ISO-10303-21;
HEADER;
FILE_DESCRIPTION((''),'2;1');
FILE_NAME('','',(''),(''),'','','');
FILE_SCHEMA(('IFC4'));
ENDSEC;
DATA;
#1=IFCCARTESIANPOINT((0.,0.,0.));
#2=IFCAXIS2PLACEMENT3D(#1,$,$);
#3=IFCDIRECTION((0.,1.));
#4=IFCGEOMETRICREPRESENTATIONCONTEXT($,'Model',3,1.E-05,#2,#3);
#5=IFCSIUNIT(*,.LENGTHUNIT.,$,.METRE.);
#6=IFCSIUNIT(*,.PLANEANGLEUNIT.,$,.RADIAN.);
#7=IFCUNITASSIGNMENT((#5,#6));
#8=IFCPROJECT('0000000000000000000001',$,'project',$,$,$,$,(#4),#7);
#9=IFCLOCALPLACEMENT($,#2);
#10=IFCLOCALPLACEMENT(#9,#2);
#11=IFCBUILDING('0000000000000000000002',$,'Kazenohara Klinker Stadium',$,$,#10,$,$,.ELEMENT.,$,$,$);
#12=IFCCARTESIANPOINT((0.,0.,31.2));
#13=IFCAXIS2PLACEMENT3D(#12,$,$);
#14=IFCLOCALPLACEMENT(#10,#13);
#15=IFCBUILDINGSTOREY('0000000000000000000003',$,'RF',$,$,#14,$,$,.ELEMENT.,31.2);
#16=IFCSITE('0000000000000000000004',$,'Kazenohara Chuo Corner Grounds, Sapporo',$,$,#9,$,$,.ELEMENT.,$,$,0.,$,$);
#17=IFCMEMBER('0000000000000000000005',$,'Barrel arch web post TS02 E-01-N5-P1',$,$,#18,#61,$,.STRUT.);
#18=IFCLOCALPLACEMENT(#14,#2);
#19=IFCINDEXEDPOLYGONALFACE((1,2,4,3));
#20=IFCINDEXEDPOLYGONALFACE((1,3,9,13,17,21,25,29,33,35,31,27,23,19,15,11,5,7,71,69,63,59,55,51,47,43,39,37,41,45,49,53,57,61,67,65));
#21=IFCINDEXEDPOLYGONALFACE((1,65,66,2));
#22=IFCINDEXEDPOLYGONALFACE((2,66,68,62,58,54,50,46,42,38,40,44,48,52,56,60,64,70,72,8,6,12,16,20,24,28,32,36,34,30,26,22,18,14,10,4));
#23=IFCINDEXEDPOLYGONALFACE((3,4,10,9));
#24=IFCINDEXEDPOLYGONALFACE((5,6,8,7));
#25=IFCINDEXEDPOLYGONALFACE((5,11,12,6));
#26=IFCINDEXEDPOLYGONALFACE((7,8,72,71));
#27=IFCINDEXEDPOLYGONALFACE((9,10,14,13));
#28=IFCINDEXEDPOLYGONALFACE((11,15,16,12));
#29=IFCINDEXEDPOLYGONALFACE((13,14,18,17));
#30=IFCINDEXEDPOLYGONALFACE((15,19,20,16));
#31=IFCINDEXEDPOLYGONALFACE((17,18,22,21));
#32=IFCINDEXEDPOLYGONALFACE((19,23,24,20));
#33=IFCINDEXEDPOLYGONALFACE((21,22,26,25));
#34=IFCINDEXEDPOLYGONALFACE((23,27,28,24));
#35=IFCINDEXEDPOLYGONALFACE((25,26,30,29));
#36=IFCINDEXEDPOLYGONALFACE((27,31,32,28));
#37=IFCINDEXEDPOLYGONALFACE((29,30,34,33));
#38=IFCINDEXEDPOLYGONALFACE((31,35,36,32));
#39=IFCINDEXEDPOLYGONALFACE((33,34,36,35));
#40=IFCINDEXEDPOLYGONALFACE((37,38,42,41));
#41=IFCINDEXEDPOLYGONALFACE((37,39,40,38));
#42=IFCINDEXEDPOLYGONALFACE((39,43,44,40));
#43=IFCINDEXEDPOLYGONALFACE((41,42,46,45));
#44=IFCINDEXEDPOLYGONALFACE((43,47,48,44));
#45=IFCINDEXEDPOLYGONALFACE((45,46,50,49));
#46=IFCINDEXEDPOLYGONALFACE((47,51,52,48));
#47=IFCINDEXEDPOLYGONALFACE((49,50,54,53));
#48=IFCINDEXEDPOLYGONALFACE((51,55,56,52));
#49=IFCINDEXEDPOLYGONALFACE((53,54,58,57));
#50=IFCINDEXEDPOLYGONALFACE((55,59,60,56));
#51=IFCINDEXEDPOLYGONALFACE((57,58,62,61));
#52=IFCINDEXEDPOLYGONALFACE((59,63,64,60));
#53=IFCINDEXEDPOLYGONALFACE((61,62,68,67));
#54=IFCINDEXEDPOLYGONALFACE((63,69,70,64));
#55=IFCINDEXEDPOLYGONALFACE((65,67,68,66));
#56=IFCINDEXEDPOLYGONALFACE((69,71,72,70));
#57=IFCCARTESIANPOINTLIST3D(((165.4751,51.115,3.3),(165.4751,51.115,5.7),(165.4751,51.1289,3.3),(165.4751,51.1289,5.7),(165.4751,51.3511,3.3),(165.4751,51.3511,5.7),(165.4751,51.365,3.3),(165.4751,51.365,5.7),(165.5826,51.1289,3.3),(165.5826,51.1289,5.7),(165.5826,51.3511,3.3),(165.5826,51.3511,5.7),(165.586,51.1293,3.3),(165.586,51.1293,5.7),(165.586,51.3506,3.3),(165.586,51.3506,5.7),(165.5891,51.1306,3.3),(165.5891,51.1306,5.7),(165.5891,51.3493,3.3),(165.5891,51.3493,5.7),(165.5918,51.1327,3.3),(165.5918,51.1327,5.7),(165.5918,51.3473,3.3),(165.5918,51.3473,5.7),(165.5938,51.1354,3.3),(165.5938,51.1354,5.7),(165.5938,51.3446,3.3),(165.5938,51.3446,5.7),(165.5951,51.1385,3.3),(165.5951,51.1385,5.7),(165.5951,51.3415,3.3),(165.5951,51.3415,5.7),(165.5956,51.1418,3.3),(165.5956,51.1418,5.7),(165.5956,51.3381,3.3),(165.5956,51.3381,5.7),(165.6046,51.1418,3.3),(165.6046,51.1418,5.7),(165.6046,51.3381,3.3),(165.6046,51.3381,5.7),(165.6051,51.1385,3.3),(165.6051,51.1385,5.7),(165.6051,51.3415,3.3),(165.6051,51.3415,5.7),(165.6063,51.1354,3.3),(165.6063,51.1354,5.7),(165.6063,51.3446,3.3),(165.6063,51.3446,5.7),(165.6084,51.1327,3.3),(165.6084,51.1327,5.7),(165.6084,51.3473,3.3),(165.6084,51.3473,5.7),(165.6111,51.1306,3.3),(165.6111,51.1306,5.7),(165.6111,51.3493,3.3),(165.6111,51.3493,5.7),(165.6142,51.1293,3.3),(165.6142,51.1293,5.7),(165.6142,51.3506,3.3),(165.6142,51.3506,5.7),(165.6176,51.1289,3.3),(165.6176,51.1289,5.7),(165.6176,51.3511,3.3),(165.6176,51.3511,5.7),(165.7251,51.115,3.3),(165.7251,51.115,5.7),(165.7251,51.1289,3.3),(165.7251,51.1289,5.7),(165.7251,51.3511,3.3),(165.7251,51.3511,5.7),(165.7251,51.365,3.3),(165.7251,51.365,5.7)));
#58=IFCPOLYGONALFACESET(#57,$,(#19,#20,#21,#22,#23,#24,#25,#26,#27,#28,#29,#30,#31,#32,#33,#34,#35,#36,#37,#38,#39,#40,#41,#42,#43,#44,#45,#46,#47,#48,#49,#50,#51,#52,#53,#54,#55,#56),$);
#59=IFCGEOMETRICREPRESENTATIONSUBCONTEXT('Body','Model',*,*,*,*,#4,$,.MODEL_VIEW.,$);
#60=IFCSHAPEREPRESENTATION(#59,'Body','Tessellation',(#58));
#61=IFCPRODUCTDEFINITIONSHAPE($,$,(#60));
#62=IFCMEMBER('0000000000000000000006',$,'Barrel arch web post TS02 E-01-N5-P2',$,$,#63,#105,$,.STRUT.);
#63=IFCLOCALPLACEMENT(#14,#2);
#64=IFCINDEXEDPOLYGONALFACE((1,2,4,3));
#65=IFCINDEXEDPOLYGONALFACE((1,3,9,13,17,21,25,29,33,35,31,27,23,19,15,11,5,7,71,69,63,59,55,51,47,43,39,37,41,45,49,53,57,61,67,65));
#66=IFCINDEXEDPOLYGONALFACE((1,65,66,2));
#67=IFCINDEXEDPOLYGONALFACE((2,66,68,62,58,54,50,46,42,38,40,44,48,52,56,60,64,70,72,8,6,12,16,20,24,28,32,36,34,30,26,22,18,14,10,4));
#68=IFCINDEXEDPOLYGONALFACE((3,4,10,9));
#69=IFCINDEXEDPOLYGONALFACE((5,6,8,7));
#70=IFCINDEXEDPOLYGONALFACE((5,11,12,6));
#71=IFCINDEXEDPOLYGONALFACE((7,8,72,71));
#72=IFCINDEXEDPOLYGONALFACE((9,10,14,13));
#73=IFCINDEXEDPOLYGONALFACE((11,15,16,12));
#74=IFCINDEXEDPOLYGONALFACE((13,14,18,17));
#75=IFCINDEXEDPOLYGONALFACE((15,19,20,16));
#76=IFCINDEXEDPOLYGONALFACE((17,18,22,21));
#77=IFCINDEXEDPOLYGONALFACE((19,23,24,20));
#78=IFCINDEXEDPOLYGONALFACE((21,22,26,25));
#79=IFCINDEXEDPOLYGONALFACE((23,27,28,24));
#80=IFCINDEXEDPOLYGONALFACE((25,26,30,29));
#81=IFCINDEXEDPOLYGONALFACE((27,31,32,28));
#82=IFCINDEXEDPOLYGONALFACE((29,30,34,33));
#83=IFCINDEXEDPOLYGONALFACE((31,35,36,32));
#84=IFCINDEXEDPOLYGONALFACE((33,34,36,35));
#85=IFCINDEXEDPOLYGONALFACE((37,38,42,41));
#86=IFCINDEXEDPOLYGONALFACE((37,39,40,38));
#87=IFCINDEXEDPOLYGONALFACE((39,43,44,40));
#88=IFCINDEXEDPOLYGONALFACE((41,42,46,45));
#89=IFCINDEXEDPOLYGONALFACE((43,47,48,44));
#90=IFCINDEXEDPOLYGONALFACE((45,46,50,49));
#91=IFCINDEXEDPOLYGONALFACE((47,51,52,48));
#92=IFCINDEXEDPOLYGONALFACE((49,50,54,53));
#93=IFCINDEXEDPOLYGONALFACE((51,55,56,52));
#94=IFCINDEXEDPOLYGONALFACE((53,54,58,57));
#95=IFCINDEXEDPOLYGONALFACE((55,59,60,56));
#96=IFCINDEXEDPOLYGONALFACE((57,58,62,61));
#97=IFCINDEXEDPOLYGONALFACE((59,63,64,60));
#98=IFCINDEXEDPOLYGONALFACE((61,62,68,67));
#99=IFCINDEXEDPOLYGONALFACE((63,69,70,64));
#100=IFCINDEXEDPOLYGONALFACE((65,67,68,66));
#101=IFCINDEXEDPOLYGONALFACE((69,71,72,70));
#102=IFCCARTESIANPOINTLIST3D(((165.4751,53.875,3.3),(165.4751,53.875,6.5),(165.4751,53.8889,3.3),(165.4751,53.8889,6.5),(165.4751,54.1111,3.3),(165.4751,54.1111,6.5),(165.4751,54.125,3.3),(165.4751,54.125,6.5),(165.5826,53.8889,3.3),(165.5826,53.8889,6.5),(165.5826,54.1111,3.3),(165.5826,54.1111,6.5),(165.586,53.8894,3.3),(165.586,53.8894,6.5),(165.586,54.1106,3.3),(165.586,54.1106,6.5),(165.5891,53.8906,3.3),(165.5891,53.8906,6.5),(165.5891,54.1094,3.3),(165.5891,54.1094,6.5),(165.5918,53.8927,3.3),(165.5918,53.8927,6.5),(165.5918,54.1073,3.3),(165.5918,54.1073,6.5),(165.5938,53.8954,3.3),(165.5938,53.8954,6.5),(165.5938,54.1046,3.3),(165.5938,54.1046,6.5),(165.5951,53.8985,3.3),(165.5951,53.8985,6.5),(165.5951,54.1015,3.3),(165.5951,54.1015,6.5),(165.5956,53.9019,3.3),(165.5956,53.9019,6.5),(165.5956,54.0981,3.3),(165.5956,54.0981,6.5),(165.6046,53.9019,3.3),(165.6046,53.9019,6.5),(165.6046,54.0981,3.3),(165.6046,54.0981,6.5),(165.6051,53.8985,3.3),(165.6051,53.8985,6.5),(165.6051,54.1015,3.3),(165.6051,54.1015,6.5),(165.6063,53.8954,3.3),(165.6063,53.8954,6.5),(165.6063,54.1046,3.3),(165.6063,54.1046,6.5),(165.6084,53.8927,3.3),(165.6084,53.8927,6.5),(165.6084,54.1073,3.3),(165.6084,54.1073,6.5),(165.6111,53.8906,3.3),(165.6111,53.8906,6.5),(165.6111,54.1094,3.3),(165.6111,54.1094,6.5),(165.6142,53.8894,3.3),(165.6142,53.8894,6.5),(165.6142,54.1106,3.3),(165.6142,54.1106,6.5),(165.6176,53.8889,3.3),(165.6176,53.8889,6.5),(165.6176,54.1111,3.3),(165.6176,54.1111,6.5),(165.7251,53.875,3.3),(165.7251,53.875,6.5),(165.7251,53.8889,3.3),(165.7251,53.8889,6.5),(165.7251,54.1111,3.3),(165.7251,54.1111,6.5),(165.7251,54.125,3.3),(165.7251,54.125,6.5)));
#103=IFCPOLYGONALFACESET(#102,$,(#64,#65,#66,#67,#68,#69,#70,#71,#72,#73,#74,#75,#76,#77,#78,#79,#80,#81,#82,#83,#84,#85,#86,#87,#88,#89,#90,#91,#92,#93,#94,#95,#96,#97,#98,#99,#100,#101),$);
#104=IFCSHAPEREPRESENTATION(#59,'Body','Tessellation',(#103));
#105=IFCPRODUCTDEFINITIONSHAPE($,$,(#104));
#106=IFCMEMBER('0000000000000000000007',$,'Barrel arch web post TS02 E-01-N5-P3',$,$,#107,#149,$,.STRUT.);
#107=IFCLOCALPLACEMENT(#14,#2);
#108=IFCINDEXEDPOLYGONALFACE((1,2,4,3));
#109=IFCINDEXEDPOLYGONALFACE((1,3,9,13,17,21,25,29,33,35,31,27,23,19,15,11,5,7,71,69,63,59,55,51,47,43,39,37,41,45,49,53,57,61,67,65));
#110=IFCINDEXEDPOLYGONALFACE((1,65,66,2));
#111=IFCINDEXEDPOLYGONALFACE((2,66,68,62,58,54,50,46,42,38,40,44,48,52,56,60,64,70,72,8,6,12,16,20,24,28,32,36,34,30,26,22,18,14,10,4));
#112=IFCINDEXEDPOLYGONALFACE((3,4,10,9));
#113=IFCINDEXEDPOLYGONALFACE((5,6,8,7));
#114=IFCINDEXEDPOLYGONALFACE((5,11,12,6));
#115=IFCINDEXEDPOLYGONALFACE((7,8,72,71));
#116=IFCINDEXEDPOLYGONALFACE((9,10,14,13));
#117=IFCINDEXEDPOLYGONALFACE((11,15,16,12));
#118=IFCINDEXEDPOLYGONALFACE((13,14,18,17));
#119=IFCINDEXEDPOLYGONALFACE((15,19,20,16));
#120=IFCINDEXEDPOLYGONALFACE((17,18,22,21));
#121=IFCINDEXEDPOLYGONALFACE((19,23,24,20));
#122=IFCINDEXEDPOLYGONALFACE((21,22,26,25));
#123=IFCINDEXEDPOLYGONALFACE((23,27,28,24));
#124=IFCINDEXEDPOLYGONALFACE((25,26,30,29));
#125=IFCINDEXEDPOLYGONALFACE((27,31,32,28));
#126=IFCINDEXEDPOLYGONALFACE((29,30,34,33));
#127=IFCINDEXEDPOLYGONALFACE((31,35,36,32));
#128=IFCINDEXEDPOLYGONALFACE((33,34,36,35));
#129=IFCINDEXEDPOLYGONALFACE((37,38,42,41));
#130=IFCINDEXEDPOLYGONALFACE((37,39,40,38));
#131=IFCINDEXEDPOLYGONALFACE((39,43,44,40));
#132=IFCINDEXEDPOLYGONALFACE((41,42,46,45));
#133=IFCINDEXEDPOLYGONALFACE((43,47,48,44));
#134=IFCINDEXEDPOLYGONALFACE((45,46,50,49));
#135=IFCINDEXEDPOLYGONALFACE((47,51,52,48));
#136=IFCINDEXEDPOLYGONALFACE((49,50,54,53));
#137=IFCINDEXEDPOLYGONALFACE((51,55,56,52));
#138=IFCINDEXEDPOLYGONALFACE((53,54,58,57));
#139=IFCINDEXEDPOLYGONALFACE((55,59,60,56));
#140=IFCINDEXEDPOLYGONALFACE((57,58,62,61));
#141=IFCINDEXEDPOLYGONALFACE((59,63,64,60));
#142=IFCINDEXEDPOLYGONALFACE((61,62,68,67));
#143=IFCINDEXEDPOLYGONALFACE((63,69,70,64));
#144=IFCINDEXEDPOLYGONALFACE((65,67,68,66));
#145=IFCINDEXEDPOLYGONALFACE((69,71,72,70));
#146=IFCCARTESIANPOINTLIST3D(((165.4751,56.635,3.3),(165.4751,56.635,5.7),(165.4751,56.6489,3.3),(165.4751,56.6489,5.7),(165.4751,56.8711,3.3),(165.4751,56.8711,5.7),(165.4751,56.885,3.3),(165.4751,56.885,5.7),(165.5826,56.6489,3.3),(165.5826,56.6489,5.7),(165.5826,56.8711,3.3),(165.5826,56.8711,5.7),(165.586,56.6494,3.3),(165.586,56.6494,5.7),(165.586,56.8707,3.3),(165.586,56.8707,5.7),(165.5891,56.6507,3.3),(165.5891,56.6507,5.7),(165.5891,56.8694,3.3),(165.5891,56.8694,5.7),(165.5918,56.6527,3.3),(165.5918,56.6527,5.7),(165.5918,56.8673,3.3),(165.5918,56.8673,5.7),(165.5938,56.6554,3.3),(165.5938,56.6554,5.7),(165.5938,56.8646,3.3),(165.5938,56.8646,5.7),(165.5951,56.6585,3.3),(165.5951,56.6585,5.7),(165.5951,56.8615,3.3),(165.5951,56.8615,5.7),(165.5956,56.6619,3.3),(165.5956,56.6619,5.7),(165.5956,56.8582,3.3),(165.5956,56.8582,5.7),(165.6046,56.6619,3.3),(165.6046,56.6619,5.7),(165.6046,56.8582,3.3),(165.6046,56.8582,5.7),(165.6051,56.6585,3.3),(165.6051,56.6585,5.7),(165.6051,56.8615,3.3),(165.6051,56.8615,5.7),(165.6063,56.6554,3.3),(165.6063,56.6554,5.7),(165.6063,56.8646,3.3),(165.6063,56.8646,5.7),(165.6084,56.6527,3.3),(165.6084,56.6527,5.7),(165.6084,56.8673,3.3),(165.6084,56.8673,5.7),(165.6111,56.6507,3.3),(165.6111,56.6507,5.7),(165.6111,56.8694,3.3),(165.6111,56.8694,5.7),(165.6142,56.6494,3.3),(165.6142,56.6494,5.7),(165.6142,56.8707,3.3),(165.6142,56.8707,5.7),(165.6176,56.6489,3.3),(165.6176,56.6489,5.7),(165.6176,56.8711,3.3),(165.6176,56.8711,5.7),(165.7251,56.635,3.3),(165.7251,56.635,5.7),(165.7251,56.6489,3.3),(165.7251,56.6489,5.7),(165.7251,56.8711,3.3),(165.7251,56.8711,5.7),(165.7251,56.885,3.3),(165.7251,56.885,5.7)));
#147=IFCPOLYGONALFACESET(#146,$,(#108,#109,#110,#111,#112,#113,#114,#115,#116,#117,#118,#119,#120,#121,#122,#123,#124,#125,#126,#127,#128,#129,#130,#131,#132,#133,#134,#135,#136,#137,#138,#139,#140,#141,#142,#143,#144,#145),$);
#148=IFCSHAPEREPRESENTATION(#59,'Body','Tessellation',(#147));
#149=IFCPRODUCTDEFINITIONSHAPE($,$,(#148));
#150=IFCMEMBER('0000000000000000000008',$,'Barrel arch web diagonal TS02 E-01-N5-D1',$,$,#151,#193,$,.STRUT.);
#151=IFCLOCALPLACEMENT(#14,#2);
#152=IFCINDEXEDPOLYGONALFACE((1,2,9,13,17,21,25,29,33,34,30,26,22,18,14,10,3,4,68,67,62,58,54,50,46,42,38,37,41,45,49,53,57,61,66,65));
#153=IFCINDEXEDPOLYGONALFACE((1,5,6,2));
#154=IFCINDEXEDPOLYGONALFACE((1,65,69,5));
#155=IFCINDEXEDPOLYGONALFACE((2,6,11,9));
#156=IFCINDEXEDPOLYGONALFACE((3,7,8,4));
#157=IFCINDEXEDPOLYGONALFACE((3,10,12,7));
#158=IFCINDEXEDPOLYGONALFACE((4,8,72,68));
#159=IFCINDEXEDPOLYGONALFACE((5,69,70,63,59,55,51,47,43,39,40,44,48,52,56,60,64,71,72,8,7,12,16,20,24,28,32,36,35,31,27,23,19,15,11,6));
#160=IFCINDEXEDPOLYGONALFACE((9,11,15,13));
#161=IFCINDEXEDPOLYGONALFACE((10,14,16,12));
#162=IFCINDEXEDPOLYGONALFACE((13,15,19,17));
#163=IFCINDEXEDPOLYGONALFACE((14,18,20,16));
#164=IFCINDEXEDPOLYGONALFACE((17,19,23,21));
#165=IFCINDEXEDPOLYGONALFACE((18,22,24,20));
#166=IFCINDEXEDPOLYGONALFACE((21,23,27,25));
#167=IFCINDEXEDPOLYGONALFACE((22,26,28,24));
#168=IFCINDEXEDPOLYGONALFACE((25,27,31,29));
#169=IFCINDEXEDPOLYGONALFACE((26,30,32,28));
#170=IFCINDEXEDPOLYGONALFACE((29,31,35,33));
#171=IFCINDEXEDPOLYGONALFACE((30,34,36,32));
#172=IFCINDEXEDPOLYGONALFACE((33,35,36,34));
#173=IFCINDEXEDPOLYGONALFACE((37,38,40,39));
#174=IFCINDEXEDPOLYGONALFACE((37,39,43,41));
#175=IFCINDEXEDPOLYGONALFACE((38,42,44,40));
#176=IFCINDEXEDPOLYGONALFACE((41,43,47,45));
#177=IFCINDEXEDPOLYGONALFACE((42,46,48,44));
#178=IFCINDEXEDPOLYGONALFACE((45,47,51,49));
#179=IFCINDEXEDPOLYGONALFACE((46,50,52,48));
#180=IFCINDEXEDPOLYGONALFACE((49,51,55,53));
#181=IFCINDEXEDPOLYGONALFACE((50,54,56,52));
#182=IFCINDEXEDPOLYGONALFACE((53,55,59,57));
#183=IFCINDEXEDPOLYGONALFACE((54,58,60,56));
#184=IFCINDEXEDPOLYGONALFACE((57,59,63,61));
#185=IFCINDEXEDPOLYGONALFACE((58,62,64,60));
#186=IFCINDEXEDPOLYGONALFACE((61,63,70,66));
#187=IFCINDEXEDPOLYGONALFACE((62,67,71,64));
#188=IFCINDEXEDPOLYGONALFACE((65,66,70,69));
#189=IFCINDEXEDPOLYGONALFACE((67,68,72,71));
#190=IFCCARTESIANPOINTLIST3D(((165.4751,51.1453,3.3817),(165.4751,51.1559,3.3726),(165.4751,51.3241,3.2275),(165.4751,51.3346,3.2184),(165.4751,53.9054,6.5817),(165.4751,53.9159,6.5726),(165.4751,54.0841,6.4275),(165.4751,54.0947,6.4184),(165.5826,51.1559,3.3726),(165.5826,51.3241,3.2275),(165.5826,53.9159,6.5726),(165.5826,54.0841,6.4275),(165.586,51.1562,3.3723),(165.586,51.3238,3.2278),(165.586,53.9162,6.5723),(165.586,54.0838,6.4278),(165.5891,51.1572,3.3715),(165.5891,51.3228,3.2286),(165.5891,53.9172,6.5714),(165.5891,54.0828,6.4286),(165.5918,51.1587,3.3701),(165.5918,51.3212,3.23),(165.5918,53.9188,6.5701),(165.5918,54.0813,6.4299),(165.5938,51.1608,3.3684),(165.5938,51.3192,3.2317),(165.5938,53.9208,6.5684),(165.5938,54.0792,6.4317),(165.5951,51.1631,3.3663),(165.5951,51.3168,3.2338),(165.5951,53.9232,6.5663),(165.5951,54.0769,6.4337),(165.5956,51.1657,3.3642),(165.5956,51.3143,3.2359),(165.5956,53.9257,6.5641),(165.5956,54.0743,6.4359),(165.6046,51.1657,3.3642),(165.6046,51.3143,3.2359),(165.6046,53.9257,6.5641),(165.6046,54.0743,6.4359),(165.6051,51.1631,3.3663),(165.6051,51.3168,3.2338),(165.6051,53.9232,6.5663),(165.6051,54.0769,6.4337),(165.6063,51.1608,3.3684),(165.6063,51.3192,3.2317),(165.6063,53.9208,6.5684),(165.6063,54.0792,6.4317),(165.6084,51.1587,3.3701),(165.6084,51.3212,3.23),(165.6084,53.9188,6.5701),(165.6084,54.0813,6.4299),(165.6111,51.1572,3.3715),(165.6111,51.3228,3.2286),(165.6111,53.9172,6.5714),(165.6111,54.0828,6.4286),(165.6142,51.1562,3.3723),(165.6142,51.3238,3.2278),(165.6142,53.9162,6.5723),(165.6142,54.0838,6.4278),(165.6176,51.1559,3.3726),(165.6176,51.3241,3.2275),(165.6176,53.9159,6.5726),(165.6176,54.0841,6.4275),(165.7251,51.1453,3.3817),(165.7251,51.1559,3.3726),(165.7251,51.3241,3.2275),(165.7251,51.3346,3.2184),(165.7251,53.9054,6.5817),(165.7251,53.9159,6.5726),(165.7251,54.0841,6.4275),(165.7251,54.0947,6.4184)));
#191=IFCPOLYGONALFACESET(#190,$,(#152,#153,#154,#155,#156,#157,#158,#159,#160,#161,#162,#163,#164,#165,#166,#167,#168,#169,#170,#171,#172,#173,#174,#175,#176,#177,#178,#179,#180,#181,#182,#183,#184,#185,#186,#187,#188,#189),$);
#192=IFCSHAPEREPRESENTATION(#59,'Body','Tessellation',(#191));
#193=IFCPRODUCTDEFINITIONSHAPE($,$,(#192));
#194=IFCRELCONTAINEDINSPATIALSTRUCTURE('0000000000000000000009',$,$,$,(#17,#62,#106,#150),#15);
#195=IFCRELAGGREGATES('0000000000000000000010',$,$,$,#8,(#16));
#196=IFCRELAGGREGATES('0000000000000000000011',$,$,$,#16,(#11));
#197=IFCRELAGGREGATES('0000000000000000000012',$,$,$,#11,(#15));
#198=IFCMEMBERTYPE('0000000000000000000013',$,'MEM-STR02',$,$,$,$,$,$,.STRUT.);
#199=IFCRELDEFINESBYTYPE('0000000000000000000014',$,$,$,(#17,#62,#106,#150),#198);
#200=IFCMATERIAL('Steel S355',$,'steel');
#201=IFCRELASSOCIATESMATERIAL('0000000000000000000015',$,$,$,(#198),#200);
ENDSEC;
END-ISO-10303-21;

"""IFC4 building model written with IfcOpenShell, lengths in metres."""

from ifc_helpers import new_model, si_unit, direction, frame, origin, origin_2d, place, context, subcontext, project, spatial, i_section, extrude, material, material_profile, profile_set, type_object, element, save


model = new_model("IFC4")

# Units and contexts
model_context = context("Model", 3, precision=1e-05, world=origin(), true_north=direction((0.0, 1.0)))
body_context = subcontext(model_context, "Body", "Model", "MODEL_VIEW")
ifc_project = project(units=[si_unit("LENGTHUNIT", "METRE"), si_unit("PLANEANGLEUNIT", "RADIAN")], contexts=[model_context])

# Site, building, storey
site_placement = place(None, origin())
site = spatial("IfcSite", under=ifc_project, at=site_placement, Name="Kazenohara Chuo Corner Grounds, Sapporo", CompositionType="ELEMENT", RefElevation=0.0)
building_placement = place(site_placement, origin())
building = spatial("IfcBuilding", under=site, at=building_placement, Name="Kazenohara Klinker Stadium", CompositionType="ELEMENT")
storey_placement = place(building_placement, frame((0.0, 0.0, 31.2)))
storey = spatial("IfcBuildingStorey", under=building, at=storey_placement, Name="RF", CompositionType="ELEMENT", Elevation=31.2)

# Members
ifc_material = material(Name="Steel S355", Category="steel")
ifc_material_profile_1 = material_profile(ifc_material, i_section(OverallWidth=0.25, OverallDepth=0.25, WebThickness=0.009, FlangeThickness=0.0139, FilletRadius=0.0129, at=origin_2d()), Name="H-250x250x9x14")
ifc_profile_set_1 = profile_set([ifc_material_profile_1], Name="Steel S355")
member_type_1 = type_object("IfcMemberType", Name="MEM-STR02", PredefinedType="STRUT", material=ifc_profile_set_1)
member_1_placement = place(storey_placement, frame((165.6001, 51.24, 3.3), z_axis=(0.0, 0.0, 1.0), x_axis=(1.0, 0.0, 0.0)))
element("IfcMember", 1, at=member_1_placement, inside=storey, type_object=member_type_1, Name="Barrel arch web post TS02 E-01-N5-P1", PredefinedType="STRUT", context=body_context, shape_type="SweptSolid", body=[
    extrude(i_section(OverallWidth=0.25, OverallDepth=0.25, WebThickness=0.009, FlangeThickness=0.0139, FilletRadius=0.0129, at=origin_2d()), origin(), (0.0, 0.0, 1.0), 2.3999),
])
member_2_placement = place(storey_placement, frame((165.6001, 54.0, 3.3), z_axis=(0.0, 0.0, 1.0), x_axis=(1.0, 0.0, 0.0)))
element("IfcMember", 2, at=member_2_placement, inside=storey, type_object=member_type_1, Name="Barrel arch web post TS02 E-01-N5-P2", PredefinedType="STRUT", context=body_context, shape_type="SweptSolid", body=[
    extrude(i_section(OverallWidth=0.25, OverallDepth=0.25, WebThickness=0.009, FlangeThickness=0.0139, FilletRadius=0.0129, at=origin_2d()), origin(), (0.0, 0.0, 1.0), 3.2),
])
member_3_placement = place(storey_placement, frame((165.6001, 56.76, 3.3), z_axis=(0.0, 0.0, 1.0), x_axis=(1.0, 0.0, 0.0)))
element("IfcMember", 3, at=member_3_placement, inside=storey, type_object=member_type_1, Name="Barrel arch web post TS02 E-01-N5-P3", PredefinedType="STRUT", context=body_context, shape_type="SweptSolid", body=[
    extrude(i_section(OverallWidth=0.25, OverallDepth=0.25, WebThickness=0.009, FlangeThickness=0.0139, FilletRadius=0.0129, at=origin_2d()), origin(), (0.0, 0.0, 1.0), 2.3999),
])
for number, where, z_axis, x_axis, name in (
    (4, (165.6001, 51.24, 3.3), (0.0, 0.653134, 0.757242), (-1.0, 0.0, 0.0), "Barrel arch web diagonal TS02 E-01-N5-D1"),
):
    element("IfcMember", number, at=place(storey_placement, frame(where, z_axis=z_axis, x_axis=x_axis)), inside=storey, type_object=member_type_1, Name=name, PredefinedType="STRUT", context=body_context, shape_type="SweptSolid", body=[
        extrude(i_section(OverallWidth=0.25, OverallDepth=0.25, WebThickness=0.009, FlangeThickness=0.0139, FilletRadius=0.0129, at=origin_2d()), origin(), (0.0, 0.0, 1.0), 4.2258),
    ])

save(model, "model.ifc")
